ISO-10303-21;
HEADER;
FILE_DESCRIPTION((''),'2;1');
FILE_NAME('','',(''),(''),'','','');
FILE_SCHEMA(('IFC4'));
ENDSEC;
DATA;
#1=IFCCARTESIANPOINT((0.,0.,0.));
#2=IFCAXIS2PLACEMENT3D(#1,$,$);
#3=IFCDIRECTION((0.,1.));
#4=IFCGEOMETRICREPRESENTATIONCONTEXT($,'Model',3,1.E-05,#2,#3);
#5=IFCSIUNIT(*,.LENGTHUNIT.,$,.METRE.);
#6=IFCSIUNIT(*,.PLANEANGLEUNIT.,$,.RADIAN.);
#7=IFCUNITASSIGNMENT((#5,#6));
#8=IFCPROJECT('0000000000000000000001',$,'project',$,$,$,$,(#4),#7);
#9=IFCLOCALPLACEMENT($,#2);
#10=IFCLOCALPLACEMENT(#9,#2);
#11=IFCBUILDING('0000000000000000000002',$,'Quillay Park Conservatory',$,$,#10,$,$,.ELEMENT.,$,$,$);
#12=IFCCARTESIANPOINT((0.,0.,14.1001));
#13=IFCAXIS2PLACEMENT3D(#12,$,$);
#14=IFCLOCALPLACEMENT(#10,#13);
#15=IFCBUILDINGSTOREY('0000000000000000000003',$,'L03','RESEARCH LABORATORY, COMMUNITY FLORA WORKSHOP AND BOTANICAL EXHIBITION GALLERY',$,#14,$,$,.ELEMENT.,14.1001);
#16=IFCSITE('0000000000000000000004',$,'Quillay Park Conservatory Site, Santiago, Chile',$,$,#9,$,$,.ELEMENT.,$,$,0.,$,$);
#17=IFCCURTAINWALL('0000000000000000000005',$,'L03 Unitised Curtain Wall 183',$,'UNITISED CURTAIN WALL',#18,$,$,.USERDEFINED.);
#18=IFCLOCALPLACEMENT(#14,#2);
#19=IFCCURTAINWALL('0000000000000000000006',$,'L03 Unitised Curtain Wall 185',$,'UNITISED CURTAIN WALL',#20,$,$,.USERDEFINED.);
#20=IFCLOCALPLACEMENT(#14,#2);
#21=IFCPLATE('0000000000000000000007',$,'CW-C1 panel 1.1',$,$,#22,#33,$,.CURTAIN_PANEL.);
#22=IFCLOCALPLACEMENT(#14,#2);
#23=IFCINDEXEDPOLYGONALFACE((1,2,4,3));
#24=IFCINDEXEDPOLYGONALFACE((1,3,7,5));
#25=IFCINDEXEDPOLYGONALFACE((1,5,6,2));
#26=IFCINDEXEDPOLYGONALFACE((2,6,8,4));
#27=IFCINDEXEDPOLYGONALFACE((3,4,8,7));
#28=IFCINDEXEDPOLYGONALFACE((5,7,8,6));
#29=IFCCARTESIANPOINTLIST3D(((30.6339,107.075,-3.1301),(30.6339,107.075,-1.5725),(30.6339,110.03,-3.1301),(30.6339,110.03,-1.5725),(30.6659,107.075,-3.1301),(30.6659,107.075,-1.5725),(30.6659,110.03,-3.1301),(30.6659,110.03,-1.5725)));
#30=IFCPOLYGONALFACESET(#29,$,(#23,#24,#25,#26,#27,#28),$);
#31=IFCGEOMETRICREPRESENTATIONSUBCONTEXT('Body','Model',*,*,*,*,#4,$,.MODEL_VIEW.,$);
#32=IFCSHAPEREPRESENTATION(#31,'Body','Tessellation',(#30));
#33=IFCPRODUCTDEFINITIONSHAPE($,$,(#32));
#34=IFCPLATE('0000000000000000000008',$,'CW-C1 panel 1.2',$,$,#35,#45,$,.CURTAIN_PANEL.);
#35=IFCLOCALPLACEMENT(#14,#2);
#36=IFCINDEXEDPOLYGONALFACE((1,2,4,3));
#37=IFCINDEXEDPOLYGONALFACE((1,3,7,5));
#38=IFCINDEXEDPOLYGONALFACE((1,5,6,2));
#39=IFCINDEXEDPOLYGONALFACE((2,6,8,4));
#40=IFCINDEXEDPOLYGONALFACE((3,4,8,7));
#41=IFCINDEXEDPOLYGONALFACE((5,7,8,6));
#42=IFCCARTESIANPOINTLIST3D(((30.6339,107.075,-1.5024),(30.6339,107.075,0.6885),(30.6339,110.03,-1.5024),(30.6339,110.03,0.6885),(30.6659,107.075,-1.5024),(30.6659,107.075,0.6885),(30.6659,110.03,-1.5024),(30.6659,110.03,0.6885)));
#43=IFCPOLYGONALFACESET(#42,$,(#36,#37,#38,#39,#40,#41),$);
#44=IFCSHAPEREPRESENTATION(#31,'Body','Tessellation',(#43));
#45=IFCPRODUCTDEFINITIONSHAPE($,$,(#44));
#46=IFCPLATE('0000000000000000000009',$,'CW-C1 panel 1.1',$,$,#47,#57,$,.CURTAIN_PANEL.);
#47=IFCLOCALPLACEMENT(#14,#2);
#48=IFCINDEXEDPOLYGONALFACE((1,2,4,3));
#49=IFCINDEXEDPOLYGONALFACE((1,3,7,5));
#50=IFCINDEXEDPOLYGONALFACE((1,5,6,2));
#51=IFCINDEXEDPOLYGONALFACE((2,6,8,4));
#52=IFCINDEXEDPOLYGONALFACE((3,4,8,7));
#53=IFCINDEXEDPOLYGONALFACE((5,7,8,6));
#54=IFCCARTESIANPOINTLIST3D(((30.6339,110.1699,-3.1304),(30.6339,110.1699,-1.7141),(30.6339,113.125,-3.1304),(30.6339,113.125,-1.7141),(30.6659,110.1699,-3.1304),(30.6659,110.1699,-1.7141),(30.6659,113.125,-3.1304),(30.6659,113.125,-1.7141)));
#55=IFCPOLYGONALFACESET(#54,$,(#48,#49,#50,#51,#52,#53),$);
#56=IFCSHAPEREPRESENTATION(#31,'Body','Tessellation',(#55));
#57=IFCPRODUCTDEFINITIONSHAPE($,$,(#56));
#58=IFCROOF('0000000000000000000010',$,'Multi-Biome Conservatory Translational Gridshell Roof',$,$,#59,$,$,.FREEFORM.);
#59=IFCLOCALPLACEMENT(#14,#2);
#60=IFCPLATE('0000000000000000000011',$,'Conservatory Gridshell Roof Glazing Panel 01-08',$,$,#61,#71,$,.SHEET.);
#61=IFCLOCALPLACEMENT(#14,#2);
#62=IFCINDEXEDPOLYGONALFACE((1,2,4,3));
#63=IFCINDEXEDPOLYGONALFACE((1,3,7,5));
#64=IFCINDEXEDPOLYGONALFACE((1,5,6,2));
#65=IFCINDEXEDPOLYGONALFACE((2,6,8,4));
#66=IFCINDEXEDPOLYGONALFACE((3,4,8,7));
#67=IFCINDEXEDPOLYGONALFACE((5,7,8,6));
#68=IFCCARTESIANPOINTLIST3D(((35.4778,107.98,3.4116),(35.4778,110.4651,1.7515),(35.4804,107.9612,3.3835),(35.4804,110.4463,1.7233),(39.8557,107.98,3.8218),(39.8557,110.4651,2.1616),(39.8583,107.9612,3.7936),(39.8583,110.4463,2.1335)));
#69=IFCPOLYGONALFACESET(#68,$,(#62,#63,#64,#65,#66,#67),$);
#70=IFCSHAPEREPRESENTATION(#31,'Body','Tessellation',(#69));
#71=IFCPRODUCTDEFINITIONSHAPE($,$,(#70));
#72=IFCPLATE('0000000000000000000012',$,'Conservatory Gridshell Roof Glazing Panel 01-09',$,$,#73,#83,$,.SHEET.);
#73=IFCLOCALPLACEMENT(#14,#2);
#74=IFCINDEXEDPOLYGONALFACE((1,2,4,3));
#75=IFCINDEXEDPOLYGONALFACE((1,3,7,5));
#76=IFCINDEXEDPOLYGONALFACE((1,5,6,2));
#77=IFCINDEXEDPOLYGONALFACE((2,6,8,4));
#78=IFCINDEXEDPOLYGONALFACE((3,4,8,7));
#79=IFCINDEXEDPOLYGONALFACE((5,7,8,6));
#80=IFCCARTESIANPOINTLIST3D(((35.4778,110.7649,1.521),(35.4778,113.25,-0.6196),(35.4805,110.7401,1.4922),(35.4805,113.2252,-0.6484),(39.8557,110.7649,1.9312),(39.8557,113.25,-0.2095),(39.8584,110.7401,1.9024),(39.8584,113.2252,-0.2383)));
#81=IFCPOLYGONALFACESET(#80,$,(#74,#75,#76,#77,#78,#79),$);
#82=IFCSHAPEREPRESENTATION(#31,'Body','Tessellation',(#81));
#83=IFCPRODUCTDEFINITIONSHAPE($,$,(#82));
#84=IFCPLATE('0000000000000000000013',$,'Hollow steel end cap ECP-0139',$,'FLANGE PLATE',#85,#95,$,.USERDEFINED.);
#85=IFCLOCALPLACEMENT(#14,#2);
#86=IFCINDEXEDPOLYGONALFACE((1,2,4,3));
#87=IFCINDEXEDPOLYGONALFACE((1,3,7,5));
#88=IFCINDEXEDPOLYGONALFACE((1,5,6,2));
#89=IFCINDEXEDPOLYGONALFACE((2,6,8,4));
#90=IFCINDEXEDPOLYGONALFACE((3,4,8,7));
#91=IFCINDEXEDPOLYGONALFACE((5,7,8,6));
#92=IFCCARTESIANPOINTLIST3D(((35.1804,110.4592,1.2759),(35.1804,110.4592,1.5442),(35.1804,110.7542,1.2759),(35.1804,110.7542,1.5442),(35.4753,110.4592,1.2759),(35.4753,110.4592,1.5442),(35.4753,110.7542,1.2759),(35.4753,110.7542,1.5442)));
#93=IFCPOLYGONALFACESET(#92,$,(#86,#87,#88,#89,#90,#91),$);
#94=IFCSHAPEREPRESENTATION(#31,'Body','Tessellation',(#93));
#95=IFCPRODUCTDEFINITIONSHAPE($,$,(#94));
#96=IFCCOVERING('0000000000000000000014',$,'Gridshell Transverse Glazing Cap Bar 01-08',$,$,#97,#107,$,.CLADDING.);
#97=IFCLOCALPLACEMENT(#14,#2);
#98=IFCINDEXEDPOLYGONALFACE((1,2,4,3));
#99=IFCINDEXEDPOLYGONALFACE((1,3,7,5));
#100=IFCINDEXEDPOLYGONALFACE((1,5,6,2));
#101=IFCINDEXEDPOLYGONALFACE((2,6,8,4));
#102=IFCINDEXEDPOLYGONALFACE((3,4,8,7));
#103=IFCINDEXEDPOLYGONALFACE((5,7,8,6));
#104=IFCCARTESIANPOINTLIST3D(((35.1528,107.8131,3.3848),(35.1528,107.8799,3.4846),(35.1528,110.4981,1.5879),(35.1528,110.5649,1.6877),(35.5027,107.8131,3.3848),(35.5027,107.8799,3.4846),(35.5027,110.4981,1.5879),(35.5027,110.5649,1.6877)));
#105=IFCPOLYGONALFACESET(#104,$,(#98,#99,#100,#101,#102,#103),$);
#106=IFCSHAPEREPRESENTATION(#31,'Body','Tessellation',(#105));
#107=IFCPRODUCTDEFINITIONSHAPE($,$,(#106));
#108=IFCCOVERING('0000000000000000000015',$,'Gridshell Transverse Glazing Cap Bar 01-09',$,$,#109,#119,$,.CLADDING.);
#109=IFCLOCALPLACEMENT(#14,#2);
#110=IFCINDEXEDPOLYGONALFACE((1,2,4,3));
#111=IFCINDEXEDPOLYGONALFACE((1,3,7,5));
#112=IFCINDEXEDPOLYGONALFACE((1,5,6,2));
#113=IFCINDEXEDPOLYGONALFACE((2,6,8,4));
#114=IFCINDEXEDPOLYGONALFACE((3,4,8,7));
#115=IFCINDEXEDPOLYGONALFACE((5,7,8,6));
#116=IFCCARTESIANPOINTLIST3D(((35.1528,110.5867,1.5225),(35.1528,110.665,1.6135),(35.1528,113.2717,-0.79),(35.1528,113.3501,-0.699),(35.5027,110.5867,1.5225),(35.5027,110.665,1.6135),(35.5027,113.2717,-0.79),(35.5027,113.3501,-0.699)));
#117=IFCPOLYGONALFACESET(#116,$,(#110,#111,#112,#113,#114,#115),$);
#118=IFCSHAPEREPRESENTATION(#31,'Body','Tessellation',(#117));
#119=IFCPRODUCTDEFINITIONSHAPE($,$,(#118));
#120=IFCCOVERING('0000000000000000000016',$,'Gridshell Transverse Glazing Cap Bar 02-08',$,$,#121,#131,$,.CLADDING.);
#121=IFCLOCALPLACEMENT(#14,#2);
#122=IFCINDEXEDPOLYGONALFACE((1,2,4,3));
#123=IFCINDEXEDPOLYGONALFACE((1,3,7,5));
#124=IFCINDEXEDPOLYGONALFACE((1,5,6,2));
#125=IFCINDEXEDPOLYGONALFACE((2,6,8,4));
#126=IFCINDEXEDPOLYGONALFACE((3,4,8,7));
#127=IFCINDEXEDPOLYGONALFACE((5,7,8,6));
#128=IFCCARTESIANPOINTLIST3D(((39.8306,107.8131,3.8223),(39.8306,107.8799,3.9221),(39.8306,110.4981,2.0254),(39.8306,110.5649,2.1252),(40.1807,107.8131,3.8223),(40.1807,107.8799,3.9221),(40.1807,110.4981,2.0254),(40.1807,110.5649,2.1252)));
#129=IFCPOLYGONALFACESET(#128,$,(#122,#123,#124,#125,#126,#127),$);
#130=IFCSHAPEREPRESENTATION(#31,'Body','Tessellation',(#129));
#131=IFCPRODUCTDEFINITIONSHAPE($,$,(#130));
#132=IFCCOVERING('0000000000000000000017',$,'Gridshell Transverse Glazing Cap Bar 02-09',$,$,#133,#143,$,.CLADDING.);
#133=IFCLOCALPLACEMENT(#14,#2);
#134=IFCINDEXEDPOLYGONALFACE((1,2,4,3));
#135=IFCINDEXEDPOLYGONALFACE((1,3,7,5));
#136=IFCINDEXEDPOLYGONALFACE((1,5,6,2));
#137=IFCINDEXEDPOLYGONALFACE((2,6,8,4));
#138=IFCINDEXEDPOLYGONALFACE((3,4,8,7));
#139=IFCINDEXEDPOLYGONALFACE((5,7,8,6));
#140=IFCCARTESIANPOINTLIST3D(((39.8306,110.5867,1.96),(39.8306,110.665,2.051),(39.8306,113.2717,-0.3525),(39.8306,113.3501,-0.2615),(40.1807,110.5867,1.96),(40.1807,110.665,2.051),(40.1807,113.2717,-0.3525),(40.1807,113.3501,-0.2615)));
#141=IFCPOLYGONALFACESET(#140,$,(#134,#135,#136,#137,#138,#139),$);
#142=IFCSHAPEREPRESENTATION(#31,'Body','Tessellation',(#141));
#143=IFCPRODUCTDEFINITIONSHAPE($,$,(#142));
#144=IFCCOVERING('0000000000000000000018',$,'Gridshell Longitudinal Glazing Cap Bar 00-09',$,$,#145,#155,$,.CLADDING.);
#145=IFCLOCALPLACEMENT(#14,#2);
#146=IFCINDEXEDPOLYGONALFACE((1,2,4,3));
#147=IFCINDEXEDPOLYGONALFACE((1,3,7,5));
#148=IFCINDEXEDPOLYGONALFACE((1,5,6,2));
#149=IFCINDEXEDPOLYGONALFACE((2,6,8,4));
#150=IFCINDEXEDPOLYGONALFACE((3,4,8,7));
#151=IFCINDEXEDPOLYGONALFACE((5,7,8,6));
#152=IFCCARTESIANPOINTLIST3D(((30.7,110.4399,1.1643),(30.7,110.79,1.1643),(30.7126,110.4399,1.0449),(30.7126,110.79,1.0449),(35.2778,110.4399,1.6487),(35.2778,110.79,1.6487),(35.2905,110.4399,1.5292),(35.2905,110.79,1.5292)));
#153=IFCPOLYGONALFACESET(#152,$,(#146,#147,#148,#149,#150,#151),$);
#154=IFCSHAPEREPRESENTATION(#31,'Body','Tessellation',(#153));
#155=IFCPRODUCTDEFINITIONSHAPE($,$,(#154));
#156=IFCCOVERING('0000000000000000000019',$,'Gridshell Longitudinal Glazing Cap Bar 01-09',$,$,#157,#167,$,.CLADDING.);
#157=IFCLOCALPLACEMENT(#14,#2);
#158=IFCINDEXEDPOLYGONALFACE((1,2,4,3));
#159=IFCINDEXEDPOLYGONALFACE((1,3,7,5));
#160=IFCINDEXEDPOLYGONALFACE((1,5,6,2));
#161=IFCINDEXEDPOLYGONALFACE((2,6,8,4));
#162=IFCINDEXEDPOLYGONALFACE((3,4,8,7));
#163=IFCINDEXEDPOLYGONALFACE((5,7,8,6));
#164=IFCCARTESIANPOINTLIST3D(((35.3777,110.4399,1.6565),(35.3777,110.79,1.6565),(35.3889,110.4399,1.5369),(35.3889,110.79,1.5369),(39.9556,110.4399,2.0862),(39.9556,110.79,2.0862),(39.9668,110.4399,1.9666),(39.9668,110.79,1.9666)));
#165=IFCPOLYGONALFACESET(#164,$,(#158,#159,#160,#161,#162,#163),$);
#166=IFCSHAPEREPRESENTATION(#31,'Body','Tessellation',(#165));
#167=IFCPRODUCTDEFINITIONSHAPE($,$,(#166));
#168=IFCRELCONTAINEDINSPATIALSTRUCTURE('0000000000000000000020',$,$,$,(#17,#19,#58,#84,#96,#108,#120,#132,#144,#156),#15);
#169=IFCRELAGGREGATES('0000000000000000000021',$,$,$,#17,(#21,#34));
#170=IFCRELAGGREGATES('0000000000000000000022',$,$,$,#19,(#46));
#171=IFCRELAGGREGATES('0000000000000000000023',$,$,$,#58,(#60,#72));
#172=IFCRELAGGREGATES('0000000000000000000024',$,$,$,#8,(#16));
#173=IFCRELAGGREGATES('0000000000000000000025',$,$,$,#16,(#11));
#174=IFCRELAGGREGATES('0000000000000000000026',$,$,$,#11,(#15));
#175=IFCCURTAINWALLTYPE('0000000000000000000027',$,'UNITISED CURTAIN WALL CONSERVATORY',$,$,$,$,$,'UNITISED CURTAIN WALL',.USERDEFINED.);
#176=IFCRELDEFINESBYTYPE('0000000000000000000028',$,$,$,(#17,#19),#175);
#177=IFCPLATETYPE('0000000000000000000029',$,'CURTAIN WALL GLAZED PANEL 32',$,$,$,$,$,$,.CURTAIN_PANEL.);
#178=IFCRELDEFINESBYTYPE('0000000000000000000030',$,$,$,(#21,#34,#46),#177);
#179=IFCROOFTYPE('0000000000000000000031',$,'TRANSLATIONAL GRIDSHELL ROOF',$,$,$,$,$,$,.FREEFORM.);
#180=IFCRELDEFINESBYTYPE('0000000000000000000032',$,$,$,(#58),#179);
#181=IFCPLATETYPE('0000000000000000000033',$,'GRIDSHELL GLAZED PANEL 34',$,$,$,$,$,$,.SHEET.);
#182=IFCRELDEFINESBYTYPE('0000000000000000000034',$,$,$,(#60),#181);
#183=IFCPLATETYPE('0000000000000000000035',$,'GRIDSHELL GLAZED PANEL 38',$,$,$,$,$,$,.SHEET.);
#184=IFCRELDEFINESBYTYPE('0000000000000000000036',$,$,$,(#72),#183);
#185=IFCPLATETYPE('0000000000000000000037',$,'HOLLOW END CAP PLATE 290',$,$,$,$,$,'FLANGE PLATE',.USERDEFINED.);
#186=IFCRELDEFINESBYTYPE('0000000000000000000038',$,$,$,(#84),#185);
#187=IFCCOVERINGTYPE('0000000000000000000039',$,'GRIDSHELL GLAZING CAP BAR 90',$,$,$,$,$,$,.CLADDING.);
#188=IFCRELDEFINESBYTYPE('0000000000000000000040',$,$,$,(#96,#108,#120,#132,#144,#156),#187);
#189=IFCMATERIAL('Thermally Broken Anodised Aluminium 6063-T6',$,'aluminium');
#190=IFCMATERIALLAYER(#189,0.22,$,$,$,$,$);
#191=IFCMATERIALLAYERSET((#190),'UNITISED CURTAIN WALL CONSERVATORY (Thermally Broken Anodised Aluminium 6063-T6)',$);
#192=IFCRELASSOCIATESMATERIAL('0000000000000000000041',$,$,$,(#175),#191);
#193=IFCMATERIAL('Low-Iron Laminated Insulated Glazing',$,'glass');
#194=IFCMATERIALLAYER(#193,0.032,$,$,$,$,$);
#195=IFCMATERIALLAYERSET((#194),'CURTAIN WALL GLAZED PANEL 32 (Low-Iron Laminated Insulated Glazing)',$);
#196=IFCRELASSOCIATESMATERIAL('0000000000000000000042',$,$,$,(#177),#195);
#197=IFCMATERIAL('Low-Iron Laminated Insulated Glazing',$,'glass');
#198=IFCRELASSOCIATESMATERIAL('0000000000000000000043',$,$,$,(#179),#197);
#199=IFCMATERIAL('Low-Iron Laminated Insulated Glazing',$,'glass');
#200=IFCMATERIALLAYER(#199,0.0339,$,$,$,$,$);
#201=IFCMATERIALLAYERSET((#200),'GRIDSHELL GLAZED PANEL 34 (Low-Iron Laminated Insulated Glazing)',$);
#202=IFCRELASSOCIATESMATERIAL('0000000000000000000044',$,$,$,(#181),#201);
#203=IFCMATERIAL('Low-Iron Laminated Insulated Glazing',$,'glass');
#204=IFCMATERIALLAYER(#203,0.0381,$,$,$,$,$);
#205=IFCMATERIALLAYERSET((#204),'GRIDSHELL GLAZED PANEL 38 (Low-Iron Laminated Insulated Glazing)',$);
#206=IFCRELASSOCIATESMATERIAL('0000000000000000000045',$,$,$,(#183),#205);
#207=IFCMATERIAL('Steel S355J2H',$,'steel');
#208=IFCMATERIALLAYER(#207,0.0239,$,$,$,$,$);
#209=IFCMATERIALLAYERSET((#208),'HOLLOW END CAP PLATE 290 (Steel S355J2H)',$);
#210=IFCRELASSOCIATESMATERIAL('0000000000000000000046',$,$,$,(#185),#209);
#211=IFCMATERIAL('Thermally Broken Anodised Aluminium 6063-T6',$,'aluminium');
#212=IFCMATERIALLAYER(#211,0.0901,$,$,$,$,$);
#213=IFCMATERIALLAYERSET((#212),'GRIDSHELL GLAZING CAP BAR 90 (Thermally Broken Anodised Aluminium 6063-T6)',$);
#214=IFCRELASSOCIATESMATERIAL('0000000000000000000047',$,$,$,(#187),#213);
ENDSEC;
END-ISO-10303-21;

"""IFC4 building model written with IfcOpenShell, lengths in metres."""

from ifc_helpers import new_model, si_unit, direction, frame, origin, origin_2d, place, context, subcontext, project, spatial, polyline, rectangle, outline, extrude, material, layer, layer_set, type_object, element, aggregate, save


model = new_model("IFC4")

# Units and contexts
model_context = context("Model", 3, precision=1e-05, world=origin(), true_north=direction((0.0, 1.0)))
body_context = subcontext(model_context, "Body", "Model", "MODEL_VIEW")
ifc_project = project(units=[si_unit("LENGTHUNIT", "METRE"), si_unit("PLANEANGLEUNIT", "RADIAN")], contexts=[model_context])

# Site, building, storey
site_placement = place(None, origin())
site = spatial("IfcSite", under=ifc_project, at=site_placement, Name="Quillay Park Conservatory Site, Santiago, Chile", CompositionType="ELEMENT", RefElevation=0.0)
building_placement = place(site_placement, origin())
building = spatial("IfcBuilding", under=site, at=building_placement, Name="Quillay Park Conservatory", CompositionType="ELEMENT")
storey_placement = place(building_placement, frame((0.0, 0.0, 14.1001)))
storey = spatial("IfcBuildingStorey", under=building, at=storey_placement, Name="L03", Description="RESEARCH LABORATORY, COMMUNITY FLORA WORKSHOP AND BOTANICAL EXHIBITION GALLERY", CompositionType="ELEMENT", Elevation=14.1001)

# Curtain wall
ifc_material_1 = material(Name="Thermally Broken Anodised Aluminium 6063-T6", Category="aluminium")
ifc_layer_1 = layer(ifc_material_1, 0.22)
ifc_layer_set_1 = layer_set([ifc_layer_1], Name="UNITISED CURTAIN WALL CONSERVATORY (Thermally Broken Anodised Aluminium 6063-T6)")
curtain_wall_type = type_object("IfcCurtainWallType", Name="UNITISED CURTAIN WALL CONSERVATORY", ElementType="UNITISED CURTAIN WALL", PredefinedType="USERDEFINED", material=ifc_layer_set_1)
curtain_wall_1_placement = place(storey_placement, origin())
curtain_wall_1 = element("IfcCurtainWall", 1, at=curtain_wall_1_placement, inside=storey, type_object=curtain_wall_type, Name="L03 Unitised Curtain Wall 183", ObjectType="UNITISED CURTAIN WALL", PredefinedType="USERDEFINED")

# Curtain wall
curtain_wall_2_placement = place(storey_placement, origin())
curtain_wall_2 = element("IfcCurtainWall", 2, at=curtain_wall_2_placement, inside=storey, type_object=curtain_wall_type, Name="L03 Unitised Curtain Wall 185", ObjectType="UNITISED CURTAIN WALL", PredefinedType="USERDEFINED")

# Plates
ifc_material_2 = material(Name="Low-Iron Laminated Insulated Glazing", Category="glass")
ifc_layer_2 = layer(ifc_material_2, 0.032)
ifc_layer_set_2 = layer_set([ifc_layer_2], Name="CURTAIN WALL GLAZED PANEL 32 (Low-Iron Laminated Insulated Glazing)")
plate_type_1 = type_object("IfcPlateType", Name="CURTAIN WALL GLAZED PANEL 32", PredefinedType="CURTAIN_PANEL", material=ifc_layer_set_2)
plate_1_placement = place(storey_placement, frame((30.6499, 108.5525, -3.1301), z_axis=(0.0, 0.0, 1.0), x_axis=(0.0, 1.0, 0.0)))
plate_1 = element("IfcPlate", 3, at=plate_1_placement, type_object=plate_type_1, Name="CW-C1 panel 1.1", PredefinedType="CURTAIN_PANEL", context=body_context, shape_type="SweptSolid", body=[
    extrude(rectangle(XDim=2.9551, YDim=0.032, at=origin_2d()), origin(), (0.0, 0.0, 1.0), 1.5576),
])
plate_2_placement = place(storey_placement, frame((30.6499, 108.5525, -1.5024), z_axis=(0.0, 0.0, 1.0), x_axis=(0.0, 1.0, 0.0)))
plate_2 = element("IfcPlate", 4, at=plate_2_placement, type_object=plate_type_1, Name="CW-C1 panel 1.2", PredefinedType="CURTAIN_PANEL", context=body_context, shape_type="SweptSolid", body=[
    extrude(rectangle(XDim=2.9551, YDim=0.032, at=origin_2d()), origin(), (0.0, 0.0, 1.0), 2.1909),
])
aggregate(curtain_wall_1, [plate_1, plate_2])
plate_3_placement = place(storey_placement, frame((30.6499, 111.6475, -3.1304), z_axis=(0.0, 0.0, 1.0), x_axis=(0.0, 1.0, 0.0)))
plate_3 = element("IfcPlate", 5, at=plate_3_placement, type_object=plate_type_1, Name="CW-C1 panel 1.1", PredefinedType="CURTAIN_PANEL", context=body_context, shape_type="SweptSolid", body=[
    extrude(rectangle(XDim=2.9551, YDim=0.032, at=origin_2d()), origin(), (0.0, 0.0, 1.0), 1.4163),
])
aggregate(curtain_wall_2, [plate_3])

# Roof, plates
ifc_material_3 = material(Name="Low-Iron Laminated Insulated Glazing", Category="glass")
roof_type = type_object("IfcRoofType", Name="TRANSLATIONAL GRIDSHELL ROOF", PredefinedType="FREEFORM", material=ifc_material_3)
roof_placement = place(storey_placement, origin())
roof = element("IfcRoof", 6, at=roof_placement, inside=storey, type_object=roof_type, Name="Multi-Biome Conservatory Translational Gridshell Roof", PredefinedType="FREEFORM")
ifc_material_4 = material(Name="Low-Iron Laminated Insulated Glazing", Category="glass")
ifc_layer_3 = layer(ifc_material_4, 0.0339)
ifc_layer_set_3 = layer_set([ifc_layer_3], Name="GRIDSHELL GLAZED PANEL 34 (Low-Iron Laminated Insulated Glazing)")
plate_type_2 = type_object("IfcPlateType", Name="GRIDSHELL GLAZED PANEL 34", PredefinedType="SHEET", material=ifc_layer_set_3)
plate_4_placement = place(storey_placement, frame((35.4778, 107.98, 3.4116), z_axis=(-0.077668, 0.553814, 0.82901), x_axis=(0.99564, 0.0, 0.093279)))
plate_4 = element("IfcPlate", 7, at=plate_4_placement, type_object=plate_type_2, Name="Conservatory Gridshell Roof Glazing Panel 01-08", PredefinedType="SHEET", context=body_context, shape_type="SweptSolid", body=[
    extrude(outline(polyline([(0.0, 0.0), (4.3971, 0.0), (4.2422, 2.9846), (-0.1549, 2.9846), (0.0, 0.0)])), origin(), (0.0, 0.0, -1.0), 0.0339),
])
ifc_material_5 = material(Name="Low-Iron Laminated Insulated Glazing", Category="glass")
ifc_layer_4 = layer(ifc_material_5, 0.0381)
ifc_layer_set_4 = layer_set([ifc_layer_4], Name="GRIDSHELL GLAZED PANEL 38 (Low-Iron Laminated Insulated Glazing)")
plate_type_3 = type_object("IfcPlateType", Name="GRIDSHELL GLAZED PANEL 38", PredefinedType="SHEET", material=ifc_layer_set_4)
plate_5_placement = place(storey_placement, frame((35.4778, 110.7649, 1.521), z_axis=(-0.070806, 0.651003, 0.755766), x_axis=(0.99564, 0.0, 0.093279)))
plate_5 = element("IfcPlate", 8, at=plate_5_placement, type_object=plate_type_3, Name="Conservatory Gridshell Roof Glazing Panel 01-09", PredefinedType="SHEET", context=body_context, shape_type="SweptSolid", body=[
    extrude(outline(polyline([(0.0, 0.0), (4.3971, 0.0), (4.1974, 3.2739), (-0.1997, 3.2739), (0.0, 0.0)])), origin(), (0.0, 0.0, -1.0), 0.0381),
])
aggregate(roof, [plate_4, plate_5])

# Plate
ifc_material_6 = material(Name="Steel S355J2H", Category="steel")
ifc_layer_5 = layer(ifc_material_6, 0.0239)
ifc_layer_set_5 = layer_set([ifc_layer_5], Name="HOLLOW END CAP PLATE 290 (Steel S355J2H)")
plate_type_4 = type_object("IfcPlateType", Name="HOLLOW END CAP PLATE 290", ElementType="FLANGE PLATE", PredefinedType="USERDEFINED", material=ifc_layer_set_5)
plate_6_placement = place(storey_placement, frame((35.3279, 110.6067, 1.2759), z_axis=(0.0, 0.0, 1.0), x_axis=(1.0, 0.0, 0.0)))
element("IfcPlate", 9, at=plate_6_placement, inside=storey, type_object=plate_type_4, Name="Hollow steel end cap ECP-0139", ObjectType="FLANGE PLATE", PredefinedType="USERDEFINED", context=body_context, shape_type="SweptSolid", body=[
    extrude(rectangle(XDim=0.2949, YDim=0.2949, at=origin_2d()), origin(), (0.0, 0.0, 1.0), 0.2683),
])

# Coverings
ifc_material_7 = material(Name="Thermally Broken Anodised Aluminium 6063-T6", Category="aluminium")
ifc_layer_6 = layer(ifc_material_7, 0.0901)
ifc_layer_set_6 = layer_set([ifc_layer_6], Name="GRIDSHELL GLAZING CAP BAR 90 (Thermally Broken Anodised Aluminium 6063-T6)")
covering_type = type_object("IfcCoveringType", Name="GRIDSHELL GLAZING CAP BAR 90", PredefinedType="CLADDING", material=ifc_layer_set_6)
covering_1_placement = place(storey_placement, frame((35.1528, 107.8799, 3.4846), z_axis=(0.0, 0.556164, 0.831072), x_axis=(1.0, 0.0, 0.0)))
element("IfcCovering", 10, at=covering_1_placement, inside=storey, type_object=covering_type, Name="Gridshell Transverse Glazing Cap Bar 01-08", PredefinedType="CLADDING", context=body_context, shape_type="SweptSolid", body=[
    extrude(outline(polyline([(0.0, 0.0), (0.3499, 0.0), (0.3499, 3.2308), (0.0, 3.2308), (0.0, 0.0)])), origin(), (0.0, 0.0, -1.0), 0.1201),
])
covering_2_placement = place(storey_placement, frame((35.1528, 110.665, 1.6135), z_axis=(0.0, 0.652582, 0.757718), x_axis=(1.0, 0.0, 0.0)))
element("IfcCovering", 11, at=covering_2_placement, inside=storey, type_object=covering_type, Name="Gridshell Transverse Glazing Cap Bar 01-09", PredefinedType="CLADDING", context=body_context, shape_type="SweptSolid", body=[
    extrude(outline(polyline([(0.0, 0.0), (0.3499, 0.0), (0.3499, 3.5436), (0.0, 3.5436), (0.0, 0.0)])), origin(), (0.0, 0.0, -1.0), 0.1201),
])
covering_3_placement = place(storey_placement, frame((39.8306, 107.8799, 3.9221), z_axis=(0.0, 0.556164, 0.831072), x_axis=(1.0, 0.0, 0.0)))
element("IfcCovering", 12, at=covering_3_placement, inside=storey, type_object=covering_type, Name="Gridshell Transverse Glazing Cap Bar 02-08", PredefinedType="CLADDING", context=body_context, shape_type="SweptSolid", body=[
    extrude(outline(polyline([(0.0, 0.0), (0.3501, 0.0), (0.3501, 3.2308), (0.0, 3.2308), (0.0, 0.0)])), origin(), (0.0, 0.0, -1.0), 0.1201),
])
covering_4_placement = place(storey_placement, frame((39.8306, 110.665, 2.051), z_axis=(0.0, 0.652582, 0.757718), x_axis=(1.0, 0.0, 0.0)))
element("IfcCovering", 13, at=covering_4_placement, inside=storey, type_object=covering_type, Name="Gridshell Transverse Glazing Cap Bar 02-09", PredefinedType="CLADDING", context=body_context, shape_type="SweptSolid", body=[
    extrude(outline(polyline([(0.0, 0.0), (0.3501, 0.0), (0.3501, 3.5436), (0.0, 3.5436), (0.0, 0.0)])), origin(), (0.0, 0.0, -1.0), 0.1201),
])
covering_5_placement = place(storey_placement, frame((30.7, 110.4399, 1.1643), z_axis=(-0.10522, 0.0, 0.994449), x_axis=(0.994449, 0.0, 0.10522)))
element("IfcCovering", 14, at=covering_5_placement, inside=storey, type_object=covering_type, Name="Gridshell Longitudinal Glazing Cap Bar 00-09", PredefinedType="CLADDING", context=body_context, shape_type="SweptSolid", body=[
    extrude(outline(polyline([(0.0, 0.0), (4.6034, 0.0), (4.6034, 0.3501), (0.0, 0.3501), (0.0, 0.0)])), origin(), (0.0, 0.0, -1.0), 0.1201),
])
covering_6_placement = place(storey_placement, frame((35.3777, 110.4399, 1.6565), z_axis=(-0.093451, 0.0, 0.995624), x_axis=(0.995624, 0.0, 0.093451)))
element("IfcCovering", 15, at=covering_6_placement, inside=storey, type_object=covering_type, Name="Gridshell Longitudinal Glazing Cap Bar 01-09", PredefinedType="CLADDING", context=body_context, shape_type="SweptSolid", body=[
    extrude(outline(polyline([(0.0, 0.0), (4.598, 0.0), (4.598, 0.3501), (0.0, 0.3501), (0.0, 0.0)])), origin(), (0.0, 0.0, -1.0), 0.1201),
])

save(model, "model.ifc")
